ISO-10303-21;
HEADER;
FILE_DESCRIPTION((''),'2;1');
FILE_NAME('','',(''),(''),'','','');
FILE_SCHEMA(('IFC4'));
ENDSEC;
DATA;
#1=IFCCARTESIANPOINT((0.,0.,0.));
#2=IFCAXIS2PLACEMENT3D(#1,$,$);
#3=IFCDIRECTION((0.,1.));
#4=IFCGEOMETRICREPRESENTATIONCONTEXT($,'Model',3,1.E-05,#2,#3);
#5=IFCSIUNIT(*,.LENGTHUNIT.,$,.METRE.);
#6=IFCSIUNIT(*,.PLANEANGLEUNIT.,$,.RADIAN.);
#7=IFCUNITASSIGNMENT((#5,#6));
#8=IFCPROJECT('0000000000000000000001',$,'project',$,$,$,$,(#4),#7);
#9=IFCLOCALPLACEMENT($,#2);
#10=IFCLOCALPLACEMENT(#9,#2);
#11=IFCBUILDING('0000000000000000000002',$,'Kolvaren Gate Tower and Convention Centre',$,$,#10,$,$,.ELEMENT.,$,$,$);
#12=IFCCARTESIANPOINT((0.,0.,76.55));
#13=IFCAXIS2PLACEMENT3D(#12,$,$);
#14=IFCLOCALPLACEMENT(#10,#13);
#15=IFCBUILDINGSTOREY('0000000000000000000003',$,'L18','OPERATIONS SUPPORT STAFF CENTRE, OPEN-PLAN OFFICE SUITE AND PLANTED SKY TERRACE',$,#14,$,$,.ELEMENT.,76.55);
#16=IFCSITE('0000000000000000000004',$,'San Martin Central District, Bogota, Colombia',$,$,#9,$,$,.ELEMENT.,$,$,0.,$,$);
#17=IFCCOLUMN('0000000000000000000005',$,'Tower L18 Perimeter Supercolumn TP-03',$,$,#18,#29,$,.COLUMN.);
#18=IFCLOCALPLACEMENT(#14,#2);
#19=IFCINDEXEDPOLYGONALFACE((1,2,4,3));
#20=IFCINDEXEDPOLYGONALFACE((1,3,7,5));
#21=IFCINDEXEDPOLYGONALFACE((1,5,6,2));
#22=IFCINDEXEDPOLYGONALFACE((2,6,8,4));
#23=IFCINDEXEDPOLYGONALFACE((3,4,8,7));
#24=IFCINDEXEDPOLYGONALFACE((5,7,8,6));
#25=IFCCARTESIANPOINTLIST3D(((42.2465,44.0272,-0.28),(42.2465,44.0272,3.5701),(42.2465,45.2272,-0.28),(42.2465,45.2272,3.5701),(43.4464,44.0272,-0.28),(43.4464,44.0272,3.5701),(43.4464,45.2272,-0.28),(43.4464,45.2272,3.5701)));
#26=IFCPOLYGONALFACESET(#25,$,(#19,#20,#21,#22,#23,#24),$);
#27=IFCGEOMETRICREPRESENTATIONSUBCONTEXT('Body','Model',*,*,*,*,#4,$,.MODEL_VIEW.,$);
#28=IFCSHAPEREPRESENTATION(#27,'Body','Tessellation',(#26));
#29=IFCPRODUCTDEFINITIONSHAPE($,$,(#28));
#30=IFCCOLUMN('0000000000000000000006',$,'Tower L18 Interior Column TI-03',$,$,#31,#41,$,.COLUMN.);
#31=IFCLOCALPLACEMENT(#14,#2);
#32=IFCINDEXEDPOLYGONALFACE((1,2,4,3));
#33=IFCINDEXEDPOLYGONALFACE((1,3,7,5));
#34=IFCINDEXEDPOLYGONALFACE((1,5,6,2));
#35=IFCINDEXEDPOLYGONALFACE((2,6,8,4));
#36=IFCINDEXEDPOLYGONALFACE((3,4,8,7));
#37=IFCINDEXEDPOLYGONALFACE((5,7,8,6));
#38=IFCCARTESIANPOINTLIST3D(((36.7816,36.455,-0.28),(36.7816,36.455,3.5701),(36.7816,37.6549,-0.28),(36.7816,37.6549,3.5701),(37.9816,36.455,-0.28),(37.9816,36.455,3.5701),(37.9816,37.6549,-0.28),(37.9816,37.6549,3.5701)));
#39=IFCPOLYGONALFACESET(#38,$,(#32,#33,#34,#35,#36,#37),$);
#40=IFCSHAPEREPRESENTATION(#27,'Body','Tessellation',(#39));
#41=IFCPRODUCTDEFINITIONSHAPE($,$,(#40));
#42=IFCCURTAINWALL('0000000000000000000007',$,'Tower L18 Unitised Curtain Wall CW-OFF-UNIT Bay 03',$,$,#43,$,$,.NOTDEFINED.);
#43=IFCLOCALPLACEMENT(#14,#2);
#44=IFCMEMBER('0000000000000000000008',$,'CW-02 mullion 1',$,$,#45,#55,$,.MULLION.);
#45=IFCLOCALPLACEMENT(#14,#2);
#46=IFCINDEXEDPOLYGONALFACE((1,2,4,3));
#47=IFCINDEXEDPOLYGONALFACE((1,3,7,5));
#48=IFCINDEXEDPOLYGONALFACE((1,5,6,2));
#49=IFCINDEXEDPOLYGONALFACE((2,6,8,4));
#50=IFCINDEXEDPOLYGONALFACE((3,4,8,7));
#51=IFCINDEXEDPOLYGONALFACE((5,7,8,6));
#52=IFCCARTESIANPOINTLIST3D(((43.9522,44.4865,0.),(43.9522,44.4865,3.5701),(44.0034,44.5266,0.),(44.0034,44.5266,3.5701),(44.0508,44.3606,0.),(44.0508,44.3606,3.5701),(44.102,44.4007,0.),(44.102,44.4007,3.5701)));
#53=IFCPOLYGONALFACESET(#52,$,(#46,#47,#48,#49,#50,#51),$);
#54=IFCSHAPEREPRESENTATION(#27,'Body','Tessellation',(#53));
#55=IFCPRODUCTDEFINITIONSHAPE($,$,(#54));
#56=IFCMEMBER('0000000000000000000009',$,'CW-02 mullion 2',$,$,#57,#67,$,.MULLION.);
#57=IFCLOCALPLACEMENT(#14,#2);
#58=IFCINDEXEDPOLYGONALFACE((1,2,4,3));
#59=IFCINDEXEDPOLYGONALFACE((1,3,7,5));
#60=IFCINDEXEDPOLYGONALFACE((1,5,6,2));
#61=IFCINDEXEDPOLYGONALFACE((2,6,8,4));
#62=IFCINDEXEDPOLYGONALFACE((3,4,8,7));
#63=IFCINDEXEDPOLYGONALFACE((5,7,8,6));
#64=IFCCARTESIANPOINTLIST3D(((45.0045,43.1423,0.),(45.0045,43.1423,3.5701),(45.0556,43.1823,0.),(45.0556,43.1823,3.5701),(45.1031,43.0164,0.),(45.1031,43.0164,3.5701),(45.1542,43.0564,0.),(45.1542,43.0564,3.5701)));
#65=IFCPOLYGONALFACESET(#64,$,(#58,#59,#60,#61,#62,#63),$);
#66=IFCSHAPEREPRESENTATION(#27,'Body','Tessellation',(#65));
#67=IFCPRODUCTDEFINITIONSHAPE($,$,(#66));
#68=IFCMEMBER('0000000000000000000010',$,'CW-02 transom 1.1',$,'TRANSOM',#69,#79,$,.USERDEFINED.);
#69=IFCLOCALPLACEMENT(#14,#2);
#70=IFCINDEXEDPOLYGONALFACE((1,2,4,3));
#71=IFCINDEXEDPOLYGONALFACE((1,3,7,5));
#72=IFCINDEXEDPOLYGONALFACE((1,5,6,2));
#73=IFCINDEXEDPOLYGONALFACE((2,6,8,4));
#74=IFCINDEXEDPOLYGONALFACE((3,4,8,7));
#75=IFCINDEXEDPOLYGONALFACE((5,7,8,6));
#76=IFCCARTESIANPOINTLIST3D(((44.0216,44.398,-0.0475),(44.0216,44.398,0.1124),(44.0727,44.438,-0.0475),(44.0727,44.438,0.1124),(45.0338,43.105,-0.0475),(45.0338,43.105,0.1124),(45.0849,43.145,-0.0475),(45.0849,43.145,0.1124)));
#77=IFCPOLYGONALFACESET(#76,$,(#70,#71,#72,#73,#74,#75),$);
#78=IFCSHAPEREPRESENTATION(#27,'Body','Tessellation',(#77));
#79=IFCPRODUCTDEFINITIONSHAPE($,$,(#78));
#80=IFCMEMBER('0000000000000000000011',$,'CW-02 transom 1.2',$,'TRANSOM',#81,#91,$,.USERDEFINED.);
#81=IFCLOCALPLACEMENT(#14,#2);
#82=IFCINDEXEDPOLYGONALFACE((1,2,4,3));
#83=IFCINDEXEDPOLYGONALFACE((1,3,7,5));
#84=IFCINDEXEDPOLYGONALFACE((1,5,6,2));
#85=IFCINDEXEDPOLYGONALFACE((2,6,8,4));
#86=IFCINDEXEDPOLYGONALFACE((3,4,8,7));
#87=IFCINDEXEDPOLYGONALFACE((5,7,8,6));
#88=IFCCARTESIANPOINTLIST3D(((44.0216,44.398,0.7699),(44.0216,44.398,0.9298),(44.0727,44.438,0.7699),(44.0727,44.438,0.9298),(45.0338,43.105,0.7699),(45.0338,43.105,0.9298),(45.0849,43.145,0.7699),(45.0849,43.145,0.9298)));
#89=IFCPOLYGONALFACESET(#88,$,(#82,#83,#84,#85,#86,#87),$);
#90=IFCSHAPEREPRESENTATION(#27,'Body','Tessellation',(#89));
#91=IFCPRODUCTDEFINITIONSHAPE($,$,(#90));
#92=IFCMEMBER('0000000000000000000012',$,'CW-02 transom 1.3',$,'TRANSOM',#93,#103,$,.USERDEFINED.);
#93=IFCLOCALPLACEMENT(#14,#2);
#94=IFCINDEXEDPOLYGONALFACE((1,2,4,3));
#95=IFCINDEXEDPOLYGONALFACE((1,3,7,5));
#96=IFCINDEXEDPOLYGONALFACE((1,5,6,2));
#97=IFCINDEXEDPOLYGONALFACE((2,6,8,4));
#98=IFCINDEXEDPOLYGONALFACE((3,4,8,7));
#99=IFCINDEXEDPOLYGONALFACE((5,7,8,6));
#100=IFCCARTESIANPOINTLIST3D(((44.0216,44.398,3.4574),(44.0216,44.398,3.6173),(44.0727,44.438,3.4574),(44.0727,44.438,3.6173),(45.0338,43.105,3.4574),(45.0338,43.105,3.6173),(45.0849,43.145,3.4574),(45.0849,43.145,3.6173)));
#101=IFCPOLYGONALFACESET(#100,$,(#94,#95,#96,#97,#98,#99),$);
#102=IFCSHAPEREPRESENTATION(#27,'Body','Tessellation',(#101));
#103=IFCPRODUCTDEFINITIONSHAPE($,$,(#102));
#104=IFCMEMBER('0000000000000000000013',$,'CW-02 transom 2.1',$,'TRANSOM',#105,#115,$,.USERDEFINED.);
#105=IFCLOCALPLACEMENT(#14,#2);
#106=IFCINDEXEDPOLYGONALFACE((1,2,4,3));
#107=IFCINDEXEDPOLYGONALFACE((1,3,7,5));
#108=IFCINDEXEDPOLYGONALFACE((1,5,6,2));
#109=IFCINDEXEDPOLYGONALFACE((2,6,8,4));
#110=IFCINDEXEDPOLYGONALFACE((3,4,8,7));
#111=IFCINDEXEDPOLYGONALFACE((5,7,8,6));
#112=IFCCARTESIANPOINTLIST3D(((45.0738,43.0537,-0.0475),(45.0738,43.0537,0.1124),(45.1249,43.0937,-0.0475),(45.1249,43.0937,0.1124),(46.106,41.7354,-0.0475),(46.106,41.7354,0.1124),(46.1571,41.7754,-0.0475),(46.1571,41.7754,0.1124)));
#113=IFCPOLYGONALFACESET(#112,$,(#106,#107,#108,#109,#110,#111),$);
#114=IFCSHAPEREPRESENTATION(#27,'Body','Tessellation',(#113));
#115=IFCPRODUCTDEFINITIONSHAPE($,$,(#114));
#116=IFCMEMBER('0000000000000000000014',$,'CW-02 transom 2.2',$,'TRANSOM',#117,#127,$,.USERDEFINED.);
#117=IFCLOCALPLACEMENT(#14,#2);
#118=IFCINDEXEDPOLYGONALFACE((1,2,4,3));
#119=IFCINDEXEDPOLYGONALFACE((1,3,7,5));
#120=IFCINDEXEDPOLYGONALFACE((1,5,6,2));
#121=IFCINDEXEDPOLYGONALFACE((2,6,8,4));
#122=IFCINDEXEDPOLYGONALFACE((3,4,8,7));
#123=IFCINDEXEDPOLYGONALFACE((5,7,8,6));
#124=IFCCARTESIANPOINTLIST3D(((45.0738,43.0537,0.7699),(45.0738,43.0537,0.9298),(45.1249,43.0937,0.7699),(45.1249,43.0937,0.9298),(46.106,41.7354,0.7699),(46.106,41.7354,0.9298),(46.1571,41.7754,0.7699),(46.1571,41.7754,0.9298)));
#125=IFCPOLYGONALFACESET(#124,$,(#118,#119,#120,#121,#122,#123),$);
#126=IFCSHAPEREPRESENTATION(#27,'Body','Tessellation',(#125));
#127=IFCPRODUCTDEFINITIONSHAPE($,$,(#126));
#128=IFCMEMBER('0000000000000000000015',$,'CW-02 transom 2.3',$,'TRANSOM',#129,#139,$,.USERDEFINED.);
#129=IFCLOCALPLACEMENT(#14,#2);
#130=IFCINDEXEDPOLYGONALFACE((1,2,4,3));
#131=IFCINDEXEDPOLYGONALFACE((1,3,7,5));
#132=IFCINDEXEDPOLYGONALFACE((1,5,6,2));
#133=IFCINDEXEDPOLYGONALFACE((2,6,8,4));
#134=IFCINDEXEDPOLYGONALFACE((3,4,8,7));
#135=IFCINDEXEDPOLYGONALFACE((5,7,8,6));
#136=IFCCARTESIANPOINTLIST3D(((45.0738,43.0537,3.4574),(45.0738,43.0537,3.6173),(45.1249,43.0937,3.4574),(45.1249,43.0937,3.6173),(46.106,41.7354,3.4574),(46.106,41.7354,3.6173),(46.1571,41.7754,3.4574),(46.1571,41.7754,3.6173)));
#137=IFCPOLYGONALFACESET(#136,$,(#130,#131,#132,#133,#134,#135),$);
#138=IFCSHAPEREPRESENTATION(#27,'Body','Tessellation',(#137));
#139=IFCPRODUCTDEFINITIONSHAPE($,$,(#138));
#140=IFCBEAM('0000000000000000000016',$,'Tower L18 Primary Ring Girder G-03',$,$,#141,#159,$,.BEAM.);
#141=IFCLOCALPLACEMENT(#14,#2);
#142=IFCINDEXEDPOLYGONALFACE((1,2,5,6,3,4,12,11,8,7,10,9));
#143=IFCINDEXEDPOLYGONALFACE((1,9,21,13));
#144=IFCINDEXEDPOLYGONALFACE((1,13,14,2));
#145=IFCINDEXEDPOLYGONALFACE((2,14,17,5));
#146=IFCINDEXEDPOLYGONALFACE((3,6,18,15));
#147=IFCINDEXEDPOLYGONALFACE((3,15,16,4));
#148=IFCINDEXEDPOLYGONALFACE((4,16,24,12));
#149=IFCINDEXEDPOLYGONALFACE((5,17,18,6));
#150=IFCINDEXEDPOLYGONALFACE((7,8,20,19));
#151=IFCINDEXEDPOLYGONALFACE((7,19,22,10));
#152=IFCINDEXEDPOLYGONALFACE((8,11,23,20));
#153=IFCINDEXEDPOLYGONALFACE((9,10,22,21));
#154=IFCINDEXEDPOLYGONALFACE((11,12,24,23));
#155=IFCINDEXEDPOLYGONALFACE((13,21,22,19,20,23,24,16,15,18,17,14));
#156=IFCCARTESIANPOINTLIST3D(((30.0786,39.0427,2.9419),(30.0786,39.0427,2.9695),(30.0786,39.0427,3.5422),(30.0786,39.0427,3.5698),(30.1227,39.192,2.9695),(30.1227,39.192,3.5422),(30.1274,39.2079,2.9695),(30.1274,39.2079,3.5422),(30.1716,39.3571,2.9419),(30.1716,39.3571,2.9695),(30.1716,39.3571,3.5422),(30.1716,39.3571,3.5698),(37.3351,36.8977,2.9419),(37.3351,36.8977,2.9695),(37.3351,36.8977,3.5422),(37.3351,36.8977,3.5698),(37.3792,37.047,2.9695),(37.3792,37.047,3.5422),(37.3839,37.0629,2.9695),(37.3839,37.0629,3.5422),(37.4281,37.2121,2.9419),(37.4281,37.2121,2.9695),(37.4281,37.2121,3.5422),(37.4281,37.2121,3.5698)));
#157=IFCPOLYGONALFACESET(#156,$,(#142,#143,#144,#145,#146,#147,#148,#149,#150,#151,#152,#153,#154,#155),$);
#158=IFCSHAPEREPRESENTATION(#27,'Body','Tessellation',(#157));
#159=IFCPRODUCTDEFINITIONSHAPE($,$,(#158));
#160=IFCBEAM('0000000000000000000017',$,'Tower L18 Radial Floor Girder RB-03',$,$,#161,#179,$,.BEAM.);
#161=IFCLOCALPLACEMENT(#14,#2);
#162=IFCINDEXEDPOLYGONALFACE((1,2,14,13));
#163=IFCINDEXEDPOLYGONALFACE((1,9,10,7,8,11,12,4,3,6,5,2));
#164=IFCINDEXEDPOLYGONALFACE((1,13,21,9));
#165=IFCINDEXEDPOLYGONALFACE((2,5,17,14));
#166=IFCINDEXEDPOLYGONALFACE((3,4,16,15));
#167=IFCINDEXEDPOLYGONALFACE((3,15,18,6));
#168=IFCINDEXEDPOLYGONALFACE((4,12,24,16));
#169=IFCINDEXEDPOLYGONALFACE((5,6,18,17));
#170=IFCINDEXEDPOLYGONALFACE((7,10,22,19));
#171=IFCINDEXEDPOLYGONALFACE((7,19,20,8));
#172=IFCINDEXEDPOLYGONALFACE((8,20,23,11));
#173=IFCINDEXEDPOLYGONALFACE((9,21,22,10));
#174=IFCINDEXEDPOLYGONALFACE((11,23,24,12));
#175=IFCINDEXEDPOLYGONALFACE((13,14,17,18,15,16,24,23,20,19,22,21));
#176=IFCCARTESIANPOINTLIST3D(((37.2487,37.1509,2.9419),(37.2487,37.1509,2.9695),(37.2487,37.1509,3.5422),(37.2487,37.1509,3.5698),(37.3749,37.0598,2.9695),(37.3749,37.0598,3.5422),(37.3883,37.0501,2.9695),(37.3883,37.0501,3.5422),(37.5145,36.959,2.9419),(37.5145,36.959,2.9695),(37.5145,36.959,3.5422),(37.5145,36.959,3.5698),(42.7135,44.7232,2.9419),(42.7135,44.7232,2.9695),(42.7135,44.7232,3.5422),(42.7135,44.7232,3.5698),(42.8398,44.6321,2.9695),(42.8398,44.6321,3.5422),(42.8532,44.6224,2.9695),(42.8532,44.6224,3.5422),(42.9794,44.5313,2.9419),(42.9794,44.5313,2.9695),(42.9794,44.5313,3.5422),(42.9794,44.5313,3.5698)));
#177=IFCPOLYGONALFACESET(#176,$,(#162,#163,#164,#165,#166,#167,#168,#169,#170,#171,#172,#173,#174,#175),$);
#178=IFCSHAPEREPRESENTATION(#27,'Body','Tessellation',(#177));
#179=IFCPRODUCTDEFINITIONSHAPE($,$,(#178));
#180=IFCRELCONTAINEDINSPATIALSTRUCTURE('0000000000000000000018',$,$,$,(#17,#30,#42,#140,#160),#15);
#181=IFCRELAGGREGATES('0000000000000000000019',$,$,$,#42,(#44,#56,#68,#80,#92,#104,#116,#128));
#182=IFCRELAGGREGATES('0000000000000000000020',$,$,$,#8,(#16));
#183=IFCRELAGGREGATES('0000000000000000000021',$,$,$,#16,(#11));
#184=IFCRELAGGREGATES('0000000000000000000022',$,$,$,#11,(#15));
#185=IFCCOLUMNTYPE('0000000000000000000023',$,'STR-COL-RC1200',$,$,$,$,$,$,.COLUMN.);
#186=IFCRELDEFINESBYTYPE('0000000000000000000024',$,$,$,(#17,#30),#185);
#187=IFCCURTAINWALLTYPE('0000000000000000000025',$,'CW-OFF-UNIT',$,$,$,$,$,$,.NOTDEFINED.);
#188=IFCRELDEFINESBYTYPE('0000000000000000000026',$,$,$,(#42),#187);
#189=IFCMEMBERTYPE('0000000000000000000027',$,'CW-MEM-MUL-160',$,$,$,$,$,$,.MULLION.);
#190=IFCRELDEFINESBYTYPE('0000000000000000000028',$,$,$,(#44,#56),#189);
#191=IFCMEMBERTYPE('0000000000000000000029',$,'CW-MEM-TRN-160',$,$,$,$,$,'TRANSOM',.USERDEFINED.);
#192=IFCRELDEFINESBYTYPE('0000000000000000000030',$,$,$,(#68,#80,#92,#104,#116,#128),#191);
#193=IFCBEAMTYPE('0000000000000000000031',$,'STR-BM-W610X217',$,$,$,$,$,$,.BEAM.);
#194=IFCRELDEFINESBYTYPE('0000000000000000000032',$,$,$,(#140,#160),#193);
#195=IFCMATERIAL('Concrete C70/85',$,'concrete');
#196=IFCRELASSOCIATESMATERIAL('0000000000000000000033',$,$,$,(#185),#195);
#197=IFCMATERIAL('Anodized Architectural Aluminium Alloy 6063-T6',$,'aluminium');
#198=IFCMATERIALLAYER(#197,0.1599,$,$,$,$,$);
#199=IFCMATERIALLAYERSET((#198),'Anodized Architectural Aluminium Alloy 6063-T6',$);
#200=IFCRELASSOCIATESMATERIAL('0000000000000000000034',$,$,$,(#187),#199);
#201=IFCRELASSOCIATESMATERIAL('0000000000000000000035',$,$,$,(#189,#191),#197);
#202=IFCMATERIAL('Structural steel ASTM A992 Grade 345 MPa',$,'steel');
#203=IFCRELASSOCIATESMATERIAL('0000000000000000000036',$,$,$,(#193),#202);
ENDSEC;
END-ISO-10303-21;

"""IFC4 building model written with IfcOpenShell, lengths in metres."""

from ifc_helpers import new_model, si_unit, direction, frame, origin, origin_2d, place, context, subcontext, project, spatial, rectangle, i_section, extrude, material, layer, layer_set, material_profile, profile_set, type_object, element, aggregate, save


model = new_model("IFC4")

# Units and contexts
model_context = context("Model", 3, precision=1e-05, world=origin(), true_north=direction((0.0, 1.0)))
body_context = subcontext(model_context, "Body", "Model", "MODEL_VIEW")
ifc_project = project(units=[si_unit("LENGTHUNIT", "METRE"), si_unit("PLANEANGLEUNIT", "RADIAN")], contexts=[model_context])

# Site, building, storey
site_placement = place(None, origin())
site = spatial("IfcSite", under=ifc_project, at=site_placement, Name="San Martin Central District, Bogota, Colombia", CompositionType="ELEMENT", RefElevation=0.0)
building_placement = place(site_placement, origin())
building = spatial("IfcBuilding", under=site, at=building_placement, Name="Kolvaren Gate Tower and Convention Centre", CompositionType="ELEMENT")
storey_placement = place(building_placement, frame((0.0, 0.0, 76.55)))
storey = spatial("IfcBuildingStorey", under=building, at=storey_placement, Name="L18", Description="OPERATIONS SUPPORT STAFF CENTRE, OPEN-PLAN OFFICE SUITE AND PLANTED SKY TERRACE", CompositionType="ELEMENT", Elevation=76.55)

# Columns
ifc_material_1 = material(Name="Concrete C70/85", Category="concrete")
ifc_material_profile_1 = material_profile(ifc_material_1, rectangle(XDim=1.2, YDim=1.2, at=origin_2d()), Name="RC-COL-1200X1200")
ifc_profile_set_1 = profile_set([ifc_material_profile_1], Name="Concrete C70/85")
column_type = type_object("IfcColumnType", Name="STR-COL-RC1200", PredefinedType="COLUMN", material=ifc_profile_set_1)
for number, where, z_axis, x_axis, name in (
    (1, (42.8464, 44.6272, -0.28), (0.0, 0.0, 1.0), (1.0, 0.0, 0.0), "Tower L18 Perimeter Supercolumn TP-03"),
    (2, (37.3816, 37.0549, -0.28), (0.0, 0.0, 1.0), (1.0, 0.0, 0.0), "Tower L18 Interior Column TI-03"),
):
    element("IfcColumn", number, at=place(storey_placement, frame(where, z_axis=z_axis, x_axis=x_axis)), inside=storey, type_object=column_type, Name=name, PredefinedType="COLUMN", context=body_context, shape_type="SweptSolid", body=[
        extrude(rectangle(XDim=1.2, YDim=1.2, at=origin_2d()), origin(), (0.0, 0.0, 1.0), 3.8501),
    ])

# Curtain wall, members
ifc_material_2 = material(Name="Anodized Architectural Aluminium Alloy 6063-T6", Category="aluminium")
ifc_layer_1 = layer(ifc_material_2, 0.1599)
ifc_layer_set_1 = layer_set([ifc_layer_1], Name="Anodized Architectural Aluminium Alloy 6063-T6")
curtain_wall_type = type_object("IfcCurtainWallType", Name="CW-OFF-UNIT", PredefinedType="NOTDEFINED", material=ifc_layer_set_1)
curtain_wall_placement = place(storey_placement, origin())
curtain_wall = element("IfcCurtainWall", 3, at=curtain_wall_placement, inside=storey, type_object=curtain_wall_type, Name="Tower L18 Unitised Curtain Wall CW-OFF-UNIT Bay 03", PredefinedType="NOTDEFINED")
ifc_material_profile_2 = material_profile(ifc_material_2, rectangle(XDim=0.0649, YDim=0.1599, at=origin_2d()), Name="CW-MEM-MUL-160")
ifc_profile_set_2 = profile_set([ifc_material_profile_2], Name="Anodized Architectural Aluminium Alloy 6063-T6")
member_type_1 = type_object("IfcMemberType", Name="CW-MEM-MUL-160", PredefinedType="MULLION", material=ifc_profile_set_2)
member_1_placement = place(storey_placement, frame((44.0271, 44.4436, 0.0), z_axis=(0.0, 0.0, 1.0), x_axis=(0.787406, 0.616434, 0.0)))
member_1 = element("IfcMember", 4, at=member_1_placement, type_object=member_type_1, Name="CW-02 mullion 1", PredefinedType="MULLION", context=body_context, shape_type="SweptSolid", body=[
    extrude(rectangle(XDim=0.0649, YDim=0.1599, at=origin_2d()), origin(), (0.0, 0.0, 1.0), 3.5701),
])
member_2_placement = place(storey_placement, frame((45.0793, 43.0994, 0.0), z_axis=(0.0, 0.0, 1.0), x_axis=(0.787406, 0.616434, 0.0)))
member_2 = element("IfcMember", 5, at=member_2_placement, type_object=member_type_1, Name="CW-02 mullion 2", PredefinedType="MULLION", context=body_context, shape_type="SweptSolid", body=[
    extrude(rectangle(XDim=0.0649, YDim=0.1599, at=origin_2d()), origin(), (0.0, 0.0, 1.0), 3.5701),
])
ifc_material_profile_3 = material_profile(ifc_material_2, rectangle(XDim=0.0649, YDim=0.1599, at=origin_2d()), Name="CW-MEM-TRN-160")
ifc_profile_set_3 = profile_set([ifc_material_profile_3], Name="Anodized Architectural Aluminium Alloy 6063-T6")
member_type_2 = type_object("IfcMemberType", Name="CW-MEM-TRN-160", ElementType="TRANSOM", PredefinedType="USERDEFINED", material=ifc_profile_set_3)
member_3_placement = place(storey_placement, frame((44.0471, 44.418, 0.0325), z_axis=(0.616429, -0.787411, 0.0), x_axis=(0.787411, 0.616429, 0.0)))
member_3 = element("IfcMember", 6, at=member_3_placement, type_object=member_type_2, Name="CW-02 transom 1.1", ObjectType="TRANSOM", PredefinedType="USERDEFINED", context=body_context, shape_type="SweptSolid", body=[
    extrude(rectangle(XDim=0.0649, YDim=0.1599, at=origin_2d()), origin(), (0.0, 0.0, 1.0), 1.6421),
])
member_4_placement = place(storey_placement, frame((44.0471, 44.418, 0.8499), z_axis=(0.616429, -0.787411, 0.0), x_axis=(0.787411, 0.616429, 0.0)))
member_4 = element("IfcMember", 7, at=member_4_placement, type_object=member_type_2, Name="CW-02 transom 1.2", ObjectType="TRANSOM", PredefinedType="USERDEFINED", context=body_context, shape_type="SweptSolid", body=[
    extrude(rectangle(XDim=0.0649, YDim=0.1599, at=origin_2d()), origin(), (0.0, 0.0, 1.0), 1.6421),
])
member_5_placement = place(storey_placement, frame((44.0471, 44.418, 3.5374), z_axis=(0.616429, -0.787411, 0.0), x_axis=(0.787411, 0.616429, 0.0)))
member_5 = element("IfcMember", 8, at=member_5_placement, type_object=member_type_2, Name="CW-02 transom 1.3", ObjectType="TRANSOM", PredefinedType="USERDEFINED", context=body_context, shape_type="SweptSolid", body=[
    extrude(rectangle(XDim=0.0649, YDim=0.1599, at=origin_2d()), origin(), (0.0, 0.0, 1.0), 1.6421),
])
member_6_placement = place(storey_placement, frame((45.0994, 43.0737, 0.0325), z_axis=(0.616481, -0.78737, 0.0), x_axis=(0.78737, 0.616481, 0.0)))
member_6 = element("IfcMember", 9, at=member_6_placement, type_object=member_type_2, Name="CW-02 transom 2.1", ObjectType="TRANSOM", PredefinedType="USERDEFINED", context=body_context, shape_type="SweptSolid", body=[
    extrude(rectangle(XDim=0.0649, YDim=0.1599, at=origin_2d()), origin(), (0.0, 0.0, 1.0), 1.6743),
])
member_7_placement = place(storey_placement, frame((45.0994, 43.0737, 0.8499), z_axis=(0.616481, -0.78737, 0.0), x_axis=(0.78737, 0.616481, 0.0)))
member_7 = element("IfcMember", 10, at=member_7_placement, type_object=member_type_2, Name="CW-02 transom 2.2", ObjectType="TRANSOM", PredefinedType="USERDEFINED", context=body_context, shape_type="SweptSolid", body=[
    extrude(rectangle(XDim=0.0649, YDim=0.1599, at=origin_2d()), origin(), (0.0, 0.0, 1.0), 1.6743),
])
member_8_placement = place(storey_placement, frame((45.0994, 43.0737, 3.5374), z_axis=(0.616481, -0.78737, 0.0), x_axis=(0.78737, 0.616481, 0.0)))
member_8 = element("IfcMember", 11, at=member_8_placement, type_object=member_type_2, Name="CW-02 transom 2.3", ObjectType="TRANSOM", PredefinedType="USERDEFINED", context=body_context, shape_type="SweptSolid", body=[
    extrude(rectangle(XDim=0.0649, YDim=0.1599, at=origin_2d()), origin(), (0.0, 0.0, 1.0), 1.6743),
])

# Beams
ifc_material_3 = material(Name="Structural steel ASTM A992 Grade 345 MPa", Category="steel")
ifc_material_profile_4 = material_profile(ifc_material_3, i_section(OverallWidth=0.3279, OverallDepth=0.6279, WebThickness=0.0166, FlangeThickness=0.0276, at=origin_2d()), Name="W610X217")
ifc_profile_set_4 = profile_set([ifc_material_profile_4], Name="Structural steel ASTM A992 Grade 345 MPa")
beam_type_1 = type_object("IfcBeamType", Name="STR-BM-W610X217", PredefinedType="BEAM", material=ifc_profile_set_4)
beam_1_placement = place(storey_placement, frame((37.3816, 37.0549, 3.2559), z_axis=(-0.958981, 0.283471, 0.0), x_axis=(-0.283471, -0.958981, 0.0)))
element("IfcBeam", 12, at=beam_1_placement, inside=storey, type_object=beam_type_1, Name="Tower L18 Primary Ring Girder G-03", PredefinedType="BEAM", context=body_context, shape_type="SweptSolid", body=[
    extrude(i_section(OverallWidth=0.3279, OverallDepth=0.6279, WebThickness=0.0166, FlangeThickness=0.0276, at=origin_2d()), origin(), (0.0, 0.0, 1.0), 7.5669),
])
beam_2_placement = place(storey_placement, frame((37.3816, 37.0549, 3.2559), z_axis=(0.585208, 0.810883, 0.0), x_axis=(-0.810883, 0.585208, 0.0)))
element("IfcBeam", 13, at=beam_2_placement, inside=storey, type_object=beam_type_1, Name="Tower L18 Radial Floor Girder RB-03", PredefinedType="BEAM", context=body_context, shape_type="SweptSolid", body=[
    extrude(i_section(OverallWidth=0.3279, OverallDepth=0.6279, WebThickness=0.0166, FlangeThickness=0.0276, at=origin_2d()), origin(), (0.0, 0.0, 1.0), 9.3384),
])

aggregate(curtain_wall, [member_1, member_2, member_3, member_4, member_5, member_6, member_7, member_8])

save(model, "model.ifc")
